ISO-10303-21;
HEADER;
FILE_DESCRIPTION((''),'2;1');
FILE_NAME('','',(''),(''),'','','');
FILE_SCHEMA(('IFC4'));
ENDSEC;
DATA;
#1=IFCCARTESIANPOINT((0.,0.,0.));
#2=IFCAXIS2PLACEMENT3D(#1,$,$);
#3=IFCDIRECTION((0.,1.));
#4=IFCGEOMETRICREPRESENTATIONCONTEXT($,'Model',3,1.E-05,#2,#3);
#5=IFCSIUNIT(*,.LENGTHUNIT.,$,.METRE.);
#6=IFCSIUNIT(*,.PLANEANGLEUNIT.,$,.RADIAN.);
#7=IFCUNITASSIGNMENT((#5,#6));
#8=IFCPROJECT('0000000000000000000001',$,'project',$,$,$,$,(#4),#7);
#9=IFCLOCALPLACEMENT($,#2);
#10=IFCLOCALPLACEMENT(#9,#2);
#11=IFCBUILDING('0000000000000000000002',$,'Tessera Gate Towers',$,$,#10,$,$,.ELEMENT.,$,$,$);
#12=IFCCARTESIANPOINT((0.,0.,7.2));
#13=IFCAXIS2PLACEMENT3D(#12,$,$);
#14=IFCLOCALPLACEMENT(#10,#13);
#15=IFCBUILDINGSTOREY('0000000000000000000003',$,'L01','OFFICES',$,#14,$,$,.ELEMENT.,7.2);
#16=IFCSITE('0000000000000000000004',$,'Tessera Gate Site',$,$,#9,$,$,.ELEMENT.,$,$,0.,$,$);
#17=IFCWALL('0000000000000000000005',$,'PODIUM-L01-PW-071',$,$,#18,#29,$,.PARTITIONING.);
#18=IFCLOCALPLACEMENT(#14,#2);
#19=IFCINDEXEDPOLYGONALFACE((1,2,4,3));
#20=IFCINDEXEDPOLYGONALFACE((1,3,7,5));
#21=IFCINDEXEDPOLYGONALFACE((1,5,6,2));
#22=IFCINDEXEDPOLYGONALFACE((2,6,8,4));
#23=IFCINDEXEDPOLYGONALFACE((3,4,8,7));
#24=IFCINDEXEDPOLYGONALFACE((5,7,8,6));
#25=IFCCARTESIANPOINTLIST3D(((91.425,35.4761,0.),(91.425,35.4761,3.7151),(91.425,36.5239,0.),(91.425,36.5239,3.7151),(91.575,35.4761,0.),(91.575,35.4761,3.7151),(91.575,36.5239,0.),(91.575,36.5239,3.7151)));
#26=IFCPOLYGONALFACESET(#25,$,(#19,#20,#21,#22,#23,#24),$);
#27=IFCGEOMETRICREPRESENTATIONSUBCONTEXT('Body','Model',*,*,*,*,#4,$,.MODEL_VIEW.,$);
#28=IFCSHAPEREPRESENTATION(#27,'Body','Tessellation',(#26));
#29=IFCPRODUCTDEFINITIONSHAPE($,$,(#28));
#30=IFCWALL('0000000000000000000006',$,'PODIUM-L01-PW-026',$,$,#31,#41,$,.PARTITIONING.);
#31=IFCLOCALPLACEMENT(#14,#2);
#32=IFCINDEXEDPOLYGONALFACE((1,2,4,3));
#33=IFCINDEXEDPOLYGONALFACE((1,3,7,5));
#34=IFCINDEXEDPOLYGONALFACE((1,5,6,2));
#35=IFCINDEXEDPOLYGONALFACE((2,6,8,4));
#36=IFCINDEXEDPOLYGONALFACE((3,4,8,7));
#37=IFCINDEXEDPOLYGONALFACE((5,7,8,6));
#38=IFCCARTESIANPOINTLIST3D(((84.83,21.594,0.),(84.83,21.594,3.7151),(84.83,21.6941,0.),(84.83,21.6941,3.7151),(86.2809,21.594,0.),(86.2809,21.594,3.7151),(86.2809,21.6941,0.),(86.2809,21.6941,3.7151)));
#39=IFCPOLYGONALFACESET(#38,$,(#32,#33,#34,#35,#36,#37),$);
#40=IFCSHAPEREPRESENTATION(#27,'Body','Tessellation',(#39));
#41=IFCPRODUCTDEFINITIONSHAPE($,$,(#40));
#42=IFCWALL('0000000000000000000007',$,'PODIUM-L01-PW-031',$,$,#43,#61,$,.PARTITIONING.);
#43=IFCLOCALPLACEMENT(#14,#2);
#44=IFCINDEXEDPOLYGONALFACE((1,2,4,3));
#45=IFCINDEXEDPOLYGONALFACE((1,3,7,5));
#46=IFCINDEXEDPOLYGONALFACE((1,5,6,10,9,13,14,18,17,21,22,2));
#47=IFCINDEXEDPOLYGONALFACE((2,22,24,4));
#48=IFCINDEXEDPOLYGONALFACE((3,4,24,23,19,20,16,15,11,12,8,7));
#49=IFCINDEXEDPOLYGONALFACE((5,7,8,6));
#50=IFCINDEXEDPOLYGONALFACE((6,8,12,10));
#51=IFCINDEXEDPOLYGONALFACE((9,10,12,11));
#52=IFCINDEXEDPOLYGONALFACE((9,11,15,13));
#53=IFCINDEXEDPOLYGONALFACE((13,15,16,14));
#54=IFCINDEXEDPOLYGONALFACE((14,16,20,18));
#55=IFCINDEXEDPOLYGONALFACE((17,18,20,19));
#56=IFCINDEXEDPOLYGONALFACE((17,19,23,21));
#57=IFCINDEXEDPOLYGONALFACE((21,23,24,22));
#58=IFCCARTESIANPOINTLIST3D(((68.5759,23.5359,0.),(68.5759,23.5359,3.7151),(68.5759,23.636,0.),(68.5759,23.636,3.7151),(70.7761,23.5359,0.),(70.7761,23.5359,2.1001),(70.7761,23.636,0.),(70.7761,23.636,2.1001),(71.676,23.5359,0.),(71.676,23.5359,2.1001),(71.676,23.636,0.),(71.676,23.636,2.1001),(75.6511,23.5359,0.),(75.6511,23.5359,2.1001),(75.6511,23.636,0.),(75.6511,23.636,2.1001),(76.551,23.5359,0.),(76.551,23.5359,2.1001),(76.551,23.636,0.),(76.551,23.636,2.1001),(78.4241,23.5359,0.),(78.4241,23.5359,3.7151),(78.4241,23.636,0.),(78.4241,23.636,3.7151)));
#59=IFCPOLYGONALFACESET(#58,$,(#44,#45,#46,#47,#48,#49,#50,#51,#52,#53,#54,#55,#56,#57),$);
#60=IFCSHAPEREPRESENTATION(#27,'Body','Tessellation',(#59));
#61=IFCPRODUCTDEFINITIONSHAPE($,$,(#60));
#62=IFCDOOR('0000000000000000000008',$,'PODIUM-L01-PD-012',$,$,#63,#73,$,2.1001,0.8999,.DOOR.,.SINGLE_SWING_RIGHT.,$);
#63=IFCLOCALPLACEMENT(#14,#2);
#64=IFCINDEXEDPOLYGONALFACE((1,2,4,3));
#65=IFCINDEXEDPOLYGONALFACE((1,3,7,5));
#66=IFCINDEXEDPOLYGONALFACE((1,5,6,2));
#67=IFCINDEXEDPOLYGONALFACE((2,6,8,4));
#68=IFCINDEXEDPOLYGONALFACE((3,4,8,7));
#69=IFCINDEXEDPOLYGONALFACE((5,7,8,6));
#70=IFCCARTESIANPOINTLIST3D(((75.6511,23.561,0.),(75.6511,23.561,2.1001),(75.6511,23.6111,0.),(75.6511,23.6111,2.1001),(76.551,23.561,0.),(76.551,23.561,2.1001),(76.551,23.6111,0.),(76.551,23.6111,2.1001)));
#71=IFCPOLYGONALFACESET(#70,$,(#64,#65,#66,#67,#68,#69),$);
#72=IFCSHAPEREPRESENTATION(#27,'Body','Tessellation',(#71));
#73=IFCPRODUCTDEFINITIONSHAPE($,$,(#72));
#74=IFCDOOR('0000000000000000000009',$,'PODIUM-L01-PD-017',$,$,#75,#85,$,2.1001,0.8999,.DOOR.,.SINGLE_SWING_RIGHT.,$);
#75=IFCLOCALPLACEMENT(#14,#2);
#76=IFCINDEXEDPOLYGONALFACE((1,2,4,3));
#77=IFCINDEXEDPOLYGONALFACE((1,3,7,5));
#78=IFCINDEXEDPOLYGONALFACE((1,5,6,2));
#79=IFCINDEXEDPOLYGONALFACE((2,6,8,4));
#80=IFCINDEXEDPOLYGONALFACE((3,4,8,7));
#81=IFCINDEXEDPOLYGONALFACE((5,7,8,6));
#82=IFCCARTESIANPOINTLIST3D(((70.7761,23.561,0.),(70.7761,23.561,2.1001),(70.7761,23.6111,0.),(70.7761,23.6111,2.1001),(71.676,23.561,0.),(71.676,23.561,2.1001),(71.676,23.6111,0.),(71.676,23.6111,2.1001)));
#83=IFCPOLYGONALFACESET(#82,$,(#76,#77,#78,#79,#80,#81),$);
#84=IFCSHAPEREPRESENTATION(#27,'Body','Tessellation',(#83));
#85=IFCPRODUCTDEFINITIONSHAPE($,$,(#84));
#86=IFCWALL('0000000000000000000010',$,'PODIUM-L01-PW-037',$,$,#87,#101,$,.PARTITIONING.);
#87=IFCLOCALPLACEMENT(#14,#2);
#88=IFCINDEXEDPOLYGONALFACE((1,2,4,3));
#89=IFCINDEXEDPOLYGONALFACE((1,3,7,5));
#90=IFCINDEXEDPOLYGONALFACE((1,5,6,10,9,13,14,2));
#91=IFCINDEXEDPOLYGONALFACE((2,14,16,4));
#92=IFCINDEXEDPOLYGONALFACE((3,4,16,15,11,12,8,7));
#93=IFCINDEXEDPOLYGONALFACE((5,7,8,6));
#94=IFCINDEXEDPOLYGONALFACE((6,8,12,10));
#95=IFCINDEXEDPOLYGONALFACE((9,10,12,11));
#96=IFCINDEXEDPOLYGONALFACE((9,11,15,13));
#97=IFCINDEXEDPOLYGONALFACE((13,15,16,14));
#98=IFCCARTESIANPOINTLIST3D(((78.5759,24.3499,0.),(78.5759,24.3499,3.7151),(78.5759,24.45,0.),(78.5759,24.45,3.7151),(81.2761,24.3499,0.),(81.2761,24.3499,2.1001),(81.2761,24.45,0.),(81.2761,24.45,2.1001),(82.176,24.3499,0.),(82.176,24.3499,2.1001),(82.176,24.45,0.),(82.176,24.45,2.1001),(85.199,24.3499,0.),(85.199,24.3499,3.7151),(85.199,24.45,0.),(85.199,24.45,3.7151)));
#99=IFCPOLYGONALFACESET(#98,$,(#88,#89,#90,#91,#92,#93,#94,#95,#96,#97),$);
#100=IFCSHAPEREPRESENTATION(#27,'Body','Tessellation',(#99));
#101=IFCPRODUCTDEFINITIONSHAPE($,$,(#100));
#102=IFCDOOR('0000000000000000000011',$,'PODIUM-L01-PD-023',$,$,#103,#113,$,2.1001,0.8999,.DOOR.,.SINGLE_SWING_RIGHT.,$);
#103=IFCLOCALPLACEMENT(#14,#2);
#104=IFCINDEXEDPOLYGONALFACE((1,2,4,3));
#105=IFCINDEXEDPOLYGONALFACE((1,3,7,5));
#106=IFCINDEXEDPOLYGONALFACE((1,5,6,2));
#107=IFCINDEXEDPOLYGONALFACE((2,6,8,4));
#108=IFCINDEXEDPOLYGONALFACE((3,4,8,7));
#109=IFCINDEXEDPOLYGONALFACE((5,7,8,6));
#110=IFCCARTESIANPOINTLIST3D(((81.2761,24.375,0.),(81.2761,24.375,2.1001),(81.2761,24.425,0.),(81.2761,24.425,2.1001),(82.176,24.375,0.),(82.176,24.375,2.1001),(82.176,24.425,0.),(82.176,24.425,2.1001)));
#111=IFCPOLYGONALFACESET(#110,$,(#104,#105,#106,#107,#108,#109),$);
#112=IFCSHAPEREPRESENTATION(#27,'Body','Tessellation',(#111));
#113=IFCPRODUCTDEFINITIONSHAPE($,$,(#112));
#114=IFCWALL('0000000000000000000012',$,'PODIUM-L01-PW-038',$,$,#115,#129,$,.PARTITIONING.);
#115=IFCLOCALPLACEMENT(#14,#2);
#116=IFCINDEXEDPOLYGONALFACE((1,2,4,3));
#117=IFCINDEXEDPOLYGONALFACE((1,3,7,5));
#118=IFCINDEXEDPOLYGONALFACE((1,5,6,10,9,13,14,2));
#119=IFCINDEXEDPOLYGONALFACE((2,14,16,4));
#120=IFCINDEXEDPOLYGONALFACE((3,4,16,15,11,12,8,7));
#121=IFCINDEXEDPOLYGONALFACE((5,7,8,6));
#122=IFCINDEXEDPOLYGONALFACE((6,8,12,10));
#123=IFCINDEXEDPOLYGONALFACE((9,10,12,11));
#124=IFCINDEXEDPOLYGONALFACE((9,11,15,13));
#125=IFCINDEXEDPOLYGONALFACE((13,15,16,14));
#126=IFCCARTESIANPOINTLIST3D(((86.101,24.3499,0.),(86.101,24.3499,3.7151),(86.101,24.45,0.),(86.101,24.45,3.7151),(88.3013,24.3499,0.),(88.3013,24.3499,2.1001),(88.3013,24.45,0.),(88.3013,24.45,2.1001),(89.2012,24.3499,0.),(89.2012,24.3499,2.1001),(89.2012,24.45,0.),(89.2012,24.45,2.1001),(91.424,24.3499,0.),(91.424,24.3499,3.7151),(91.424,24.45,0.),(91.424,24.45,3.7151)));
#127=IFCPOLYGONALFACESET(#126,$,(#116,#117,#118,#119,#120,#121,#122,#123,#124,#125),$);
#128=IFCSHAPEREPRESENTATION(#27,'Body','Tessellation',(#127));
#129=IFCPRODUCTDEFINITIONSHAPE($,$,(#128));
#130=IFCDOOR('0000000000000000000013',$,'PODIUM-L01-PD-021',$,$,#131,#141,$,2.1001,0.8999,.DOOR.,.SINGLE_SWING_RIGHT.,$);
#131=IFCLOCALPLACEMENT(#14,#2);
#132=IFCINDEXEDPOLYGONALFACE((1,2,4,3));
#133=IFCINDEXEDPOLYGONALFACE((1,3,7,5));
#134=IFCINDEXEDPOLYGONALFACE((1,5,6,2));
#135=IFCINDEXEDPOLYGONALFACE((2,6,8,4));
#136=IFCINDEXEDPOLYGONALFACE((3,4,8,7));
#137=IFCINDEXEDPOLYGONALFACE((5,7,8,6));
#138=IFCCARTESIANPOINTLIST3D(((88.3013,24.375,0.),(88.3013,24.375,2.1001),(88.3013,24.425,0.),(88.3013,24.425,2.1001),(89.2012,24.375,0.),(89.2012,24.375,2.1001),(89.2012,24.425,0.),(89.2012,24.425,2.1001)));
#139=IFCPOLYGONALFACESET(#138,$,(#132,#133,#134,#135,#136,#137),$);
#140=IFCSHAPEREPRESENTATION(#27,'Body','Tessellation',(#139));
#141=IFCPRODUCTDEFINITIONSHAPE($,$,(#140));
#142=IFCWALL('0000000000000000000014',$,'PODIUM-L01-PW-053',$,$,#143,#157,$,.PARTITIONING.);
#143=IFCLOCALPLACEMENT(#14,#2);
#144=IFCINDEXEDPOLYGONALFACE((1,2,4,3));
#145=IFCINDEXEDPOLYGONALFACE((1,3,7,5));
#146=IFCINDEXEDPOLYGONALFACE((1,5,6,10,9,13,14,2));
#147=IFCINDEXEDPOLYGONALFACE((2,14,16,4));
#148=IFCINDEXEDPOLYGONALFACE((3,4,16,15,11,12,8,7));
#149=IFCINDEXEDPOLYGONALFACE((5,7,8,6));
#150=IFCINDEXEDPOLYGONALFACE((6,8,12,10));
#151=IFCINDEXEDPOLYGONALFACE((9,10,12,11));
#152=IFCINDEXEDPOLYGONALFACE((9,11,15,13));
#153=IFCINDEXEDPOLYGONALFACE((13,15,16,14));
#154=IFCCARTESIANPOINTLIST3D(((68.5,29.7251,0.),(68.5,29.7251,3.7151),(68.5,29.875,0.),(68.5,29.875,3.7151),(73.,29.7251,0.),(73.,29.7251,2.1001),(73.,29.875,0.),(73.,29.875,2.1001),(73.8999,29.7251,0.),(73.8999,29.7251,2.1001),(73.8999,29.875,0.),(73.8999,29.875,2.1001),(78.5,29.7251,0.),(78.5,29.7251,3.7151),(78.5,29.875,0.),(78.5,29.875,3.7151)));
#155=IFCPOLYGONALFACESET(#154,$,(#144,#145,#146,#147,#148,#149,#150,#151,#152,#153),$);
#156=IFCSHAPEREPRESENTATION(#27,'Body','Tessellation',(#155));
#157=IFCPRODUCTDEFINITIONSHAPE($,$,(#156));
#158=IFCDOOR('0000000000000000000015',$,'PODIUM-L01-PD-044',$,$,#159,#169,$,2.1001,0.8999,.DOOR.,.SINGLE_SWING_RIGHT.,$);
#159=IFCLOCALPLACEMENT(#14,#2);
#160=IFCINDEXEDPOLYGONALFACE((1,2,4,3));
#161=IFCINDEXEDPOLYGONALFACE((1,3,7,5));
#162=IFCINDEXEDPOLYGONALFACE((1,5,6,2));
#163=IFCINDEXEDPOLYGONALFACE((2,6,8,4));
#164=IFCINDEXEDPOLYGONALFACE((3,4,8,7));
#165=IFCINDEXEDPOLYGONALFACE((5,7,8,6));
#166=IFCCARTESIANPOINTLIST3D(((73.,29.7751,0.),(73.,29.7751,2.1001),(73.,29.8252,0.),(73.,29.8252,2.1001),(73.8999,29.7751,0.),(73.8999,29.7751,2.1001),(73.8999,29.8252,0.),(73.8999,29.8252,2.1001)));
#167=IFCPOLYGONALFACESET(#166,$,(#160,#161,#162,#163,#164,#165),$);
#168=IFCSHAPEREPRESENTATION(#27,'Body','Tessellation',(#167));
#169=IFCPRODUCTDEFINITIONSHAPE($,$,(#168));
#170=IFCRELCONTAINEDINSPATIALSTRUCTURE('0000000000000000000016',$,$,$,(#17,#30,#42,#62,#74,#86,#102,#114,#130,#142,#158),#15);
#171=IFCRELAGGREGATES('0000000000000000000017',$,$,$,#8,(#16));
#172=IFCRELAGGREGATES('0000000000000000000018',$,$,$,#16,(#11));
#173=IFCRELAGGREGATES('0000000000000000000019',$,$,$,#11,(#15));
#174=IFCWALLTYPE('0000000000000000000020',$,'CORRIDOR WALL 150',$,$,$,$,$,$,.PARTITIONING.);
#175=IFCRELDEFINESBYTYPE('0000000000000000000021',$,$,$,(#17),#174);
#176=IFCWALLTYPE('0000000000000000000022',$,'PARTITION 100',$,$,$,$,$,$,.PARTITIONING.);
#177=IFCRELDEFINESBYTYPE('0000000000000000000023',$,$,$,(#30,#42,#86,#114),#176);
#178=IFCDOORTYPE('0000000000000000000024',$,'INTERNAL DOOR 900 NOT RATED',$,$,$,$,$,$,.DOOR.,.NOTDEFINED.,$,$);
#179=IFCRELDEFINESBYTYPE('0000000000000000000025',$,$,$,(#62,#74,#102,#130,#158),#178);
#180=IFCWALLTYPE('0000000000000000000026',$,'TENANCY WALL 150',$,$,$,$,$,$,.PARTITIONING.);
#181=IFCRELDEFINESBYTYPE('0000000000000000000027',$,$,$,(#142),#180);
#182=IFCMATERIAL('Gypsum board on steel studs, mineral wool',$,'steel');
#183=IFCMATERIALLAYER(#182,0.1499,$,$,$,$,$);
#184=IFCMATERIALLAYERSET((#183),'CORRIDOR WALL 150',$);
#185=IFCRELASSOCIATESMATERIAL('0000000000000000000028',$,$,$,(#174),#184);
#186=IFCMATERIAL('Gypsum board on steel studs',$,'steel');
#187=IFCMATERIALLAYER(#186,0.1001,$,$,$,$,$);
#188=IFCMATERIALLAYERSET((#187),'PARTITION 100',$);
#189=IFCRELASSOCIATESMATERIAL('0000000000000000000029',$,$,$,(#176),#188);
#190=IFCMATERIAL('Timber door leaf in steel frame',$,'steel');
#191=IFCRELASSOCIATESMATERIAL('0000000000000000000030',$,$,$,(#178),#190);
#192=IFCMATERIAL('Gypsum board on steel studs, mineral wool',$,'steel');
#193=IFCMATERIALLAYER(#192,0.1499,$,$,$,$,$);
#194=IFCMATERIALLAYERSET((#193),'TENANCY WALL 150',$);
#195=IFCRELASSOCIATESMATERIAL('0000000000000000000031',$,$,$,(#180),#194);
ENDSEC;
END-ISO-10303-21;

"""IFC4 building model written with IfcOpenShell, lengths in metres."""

from ifc_helpers import new_model, si_unit, direction, frame, frame_2d, origin, place, context, subcontext, project, spatial, rectangle, extrude, source, transform, mapped, material, layer, layer_set, type_object, element, fill, save


model = new_model("IFC4")

# Units and contexts
model_context = context("Model", 3, precision=1e-05, world=origin(), true_north=direction((0.0, 1.0)))
body_context = subcontext(model_context, "Body", "Model", "MODEL_VIEW")
ifc_project = project(units=[si_unit("LENGTHUNIT", "METRE"), si_unit("PLANEANGLEUNIT", "RADIAN")], contexts=[model_context])

# Site, building, storey
site_placement = place(None, origin())
site = spatial("IfcSite", under=ifc_project, at=site_placement, Name="Tessera Gate Site", CompositionType="ELEMENT", RefElevation=0.0)
building_placement = place(site_placement, origin())
building = spatial("IfcBuilding", under=site, at=building_placement, Name="Tessera Gate Towers", CompositionType="ELEMENT")
storey_placement = place(building_placement, frame((0.0, 0.0, 7.2)))
storey = spatial("IfcBuildingStorey", under=building, at=storey_placement, Name="L01", Description="OFFICES", CompositionType="ELEMENT", Elevation=7.2)

# Shared definitions
ifc_material_1 = material(Name="Gypsum board on steel studs, mineral wool", Category="steel")
ifc_layer_1 = layer(ifc_material_1, 0.1499)
ifc_layer_set_1 = layer_set([ifc_layer_1], Name="CORRIDOR WALL 150")
wall_type_1 = type_object("IfcWallType", Name="CORRIDOR WALL 150", PredefinedType="PARTITIONING", material=ifc_layer_set_1)
shared_shape_1 = source(origin(), body_context, "Body", "SweptSolid", [
    extrude(rectangle(XDim=0.8999, YDim=2.1001, at=frame_2d((0.45, 1.05))), frame((0.0, 0.085, 0.0), z_axis=(0.0, -1.0, 0.0), x_axis=(1.0, 0.0, 0.0)), (0.0, 0.0, 1.0), 0.1699),
])
shared_shape_2 = source(origin(), body_context, "Body", "SweptSolid", [
    extrude(rectangle(XDim=0.8999, YDim=2.1001, at=frame_2d((0.45, 1.05))), frame((0.0, 0.0249, 0.0), z_axis=(0.0, -1.0, 0.0), x_axis=(1.0, 0.0, 0.0)), (0.0, 0.0, 1.0), 0.05),
])

# Walls
wall_1_placement = place(storey_placement, frame((91.5, 35.4761, 0.0), z_axis=(0.0, 0.0, 1.0), x_axis=(0.0, 1.0, 0.0)))
element("IfcWall", 1, at=wall_1_placement, inside=storey, type_object=wall_type_1, Name="PODIUM-L01-PW-071", PredefinedType="PARTITIONING", context=body_context, shape_type="SweptSolid", body=[
    extrude(rectangle(XDim=1.0479, YDim=0.1499, at=frame_2d((0.5239, 0.0))), origin(), (0.0, 0.0, 1.0), 3.7151),
])
ifc_material_2 = material(Name="Gypsum board on steel studs", Category="steel")
ifc_layer_2 = layer(ifc_material_2, 0.1001)
ifc_layer_set_2 = layer_set([ifc_layer_2], Name="PARTITION 100")
wall_type_2 = type_object("IfcWallType", Name="PARTITION 100", PredefinedType="PARTITIONING", material=ifc_layer_set_2)
wall_2_placement = place(storey_placement, frame((86.281, 21.644, 0.0), z_axis=(0.0, 0.0, 1.0), x_axis=(-1.0, 0.0, 0.0)))
element("IfcWall", 2, at=wall_2_placement, inside=storey, type_object=wall_type_2, Name="PODIUM-L01-PW-026", PredefinedType="PARTITIONING", context=body_context, shape_type="SweptSolid", body=[
    extrude(rectangle(XDim=1.4509, YDim=0.1001, at=frame_2d((0.7256, 0.0))), origin(), (0.0, 0.0, 1.0), 3.7151),
])

# Wall, openings, doors
wall_3_placement = place(storey_placement, frame((78.4241, 23.5859, 0.0), z_axis=(0.0, 0.0, 1.0), x_axis=(-1.0, 0.0, 0.0)))
wall_3 = element("IfcWall", 3, at=wall_3_placement, inside=storey, type_object=wall_type_2, Name="PODIUM-L01-PW-031", PredefinedType="PARTITIONING", context=body_context, shape_type="SweptSolid", body=[
    extrude(rectangle(XDim=9.8481, YDim=0.1001, at=frame_2d((4.9241, 0.0))), origin(), (0.0, 0.0, 1.0), 3.7151),
])
shared_shape_3 = source(origin(), body_context, "Body", "SweptSolid", [
    extrude(rectangle(XDim=0.8999, YDim=2.1001, at=frame_2d((0.45, 1.05))), frame((0.0, 0.0601, 0.0), z_axis=(0.0, -1.0, 0.0), x_axis=(1.0, 0.0, 0.0)), (0.0, 0.0, 1.0), 0.1201),
])
opening_1_placement = place(wall_3_placement, frame((1.873, 0.0, 0.0)))
opening_1 = element("IfcOpeningElement", 4, at=opening_1_placement, cuts=wall_3, PredefinedType="OPENING", context=body_context, shape_type="MappedRepresentation", body=[
    mapped(shared_shape_3, transform((0.0, 0.0, 0.0), scale=1.0)),
])
opening_2_placement = place(wall_3_placement, frame((6.748, 0.0, 0.0)))
opening_2 = element("IfcOpeningElement", 5, at=opening_2_placement, cuts=wall_3, PredefinedType="OPENING", context=body_context, shape_type="MappedRepresentation", body=[
    mapped(shared_shape_3, transform((0.0, 0.0, 0.0), scale=1.0)),
])
ifc_material_3 = material(Name="Timber door leaf in steel frame", Category="steel")
door_type_1 = type_object("IfcDoorType", Name="INTERNAL DOOR 900 NOT RATED", OperationType="NOTDEFINED", PredefinedType="DOOR", material=ifc_material_3)
door_1_placement = place(opening_1_placement, origin())
door_1 = element("IfcDoor", 6, at=door_1_placement, inside=storey, type_object=door_type_1, Name="PODIUM-L01-PD-012", OperationType="SINGLE_SWING_RIGHT", OverallHeight=2.1001, OverallWidth=0.8999, PredefinedType="DOOR", context=body_context, shape_type="MappedRepresentation", body=[
    mapped(shared_shape_2, transform((0.0, 0.0, 0.0), scale=1.0)),
])
fill(opening_1, door_1)
door_2_placement = place(opening_2_placement, origin())
door_2 = element("IfcDoor", 7, at=door_2_placement, inside=storey, type_object=door_type_1, Name="PODIUM-L01-PD-017", OperationType="SINGLE_SWING_RIGHT", OverallHeight=2.1001, OverallWidth=0.8999, PredefinedType="DOOR", context=body_context, shape_type="MappedRepresentation", body=[
    mapped(shared_shape_2, transform((0.0, 0.0, 0.0), scale=1.0)),
])
fill(opening_2, door_2)

# Walls, openings, doors
wall_4_placement = place(storey_placement, frame((85.199, 24.3999, 0.0), z_axis=(0.0, 0.0, 1.0), x_axis=(-1.0, 0.0, 0.0)))
wall_4 = element("IfcWall", 8, at=wall_4_placement, inside=storey, type_object=wall_type_2, Name="PODIUM-L01-PW-037", PredefinedType="PARTITIONING", context=body_context, shape_type="SweptSolid", body=[
    extrude(rectangle(XDim=6.623, YDim=0.1001, at=frame_2d((3.3115, 0.0))), origin(), (0.0, 0.0, 1.0), 3.7151),
])
opening_3_placement = place(wall_4_placement, frame((3.0229, 0.0, 0.0)))
opening_3 = element("IfcOpeningElement", 9, at=opening_3_placement, cuts=wall_4, PredefinedType="OPENING", context=body_context, shape_type="MappedRepresentation", body=[
    mapped(shared_shape_3, transform((0.0, 0.0, 0.0), scale=1.0)),
])
door_3_placement = place(opening_3_placement, origin())
door_3 = element("IfcDoor", 10, at=door_3_placement, inside=storey, type_object=door_type_1, Name="PODIUM-L01-PD-023", OperationType="SINGLE_SWING_RIGHT", OverallHeight=2.1001, OverallWidth=0.8999, PredefinedType="DOOR", context=body_context, shape_type="MappedRepresentation", body=[
    mapped(shared_shape_2, transform((0.0, 0.0, 0.0), scale=1.0)),
])
fill(opening_3, door_3)
wall_5_placement = place(storey_placement, frame((91.4241, 24.3999, 0.0), z_axis=(0.0, 0.0, 1.0), x_axis=(-1.0, 0.0, 0.0)))
wall_5 = element("IfcWall", 11, at=wall_5_placement, inside=storey, type_object=wall_type_2, Name="PODIUM-L01-PW-038", PredefinedType="PARTITIONING", context=body_context, shape_type="SweptSolid", body=[
    extrude(rectangle(XDim=5.323, YDim=0.1001, at=frame_2d((2.6616, 0.0))), origin(), (0.0, 0.0, 1.0), 3.7151),
])
opening_4_placement = place(wall_5_placement, frame((2.2229, 0.0, 0.0)))
opening_4 = element("IfcOpeningElement", 12, at=opening_4_placement, cuts=wall_5, PredefinedType="OPENING", context=body_context, shape_type="MappedRepresentation", body=[
    mapped(shared_shape_3, transform((0.0, 0.0, 0.0), scale=1.0)),
])
door_4_placement = place(opening_4_placement, origin())
door_4 = element("IfcDoor", 13, at=door_4_placement, inside=storey, type_object=door_type_1, Name="PODIUM-L01-PD-021", OperationType="SINGLE_SWING_RIGHT", OverallHeight=2.1001, OverallWidth=0.8999, PredefinedType="DOOR", context=body_context, shape_type="MappedRepresentation", body=[
    mapped(shared_shape_2, transform((0.0, 0.0, 0.0), scale=1.0)),
])
fill(opening_4, door_4)
ifc_material_4 = material(Name="Gypsum board on steel studs, mineral wool", Category="steel")
ifc_layer_3 = layer(ifc_material_4, 0.1499)
ifc_layer_set_3 = layer_set([ifc_layer_3], Name="TENANCY WALL 150")
wall_type_3 = type_object("IfcWallType", Name="TENANCY WALL 150", PredefinedType="PARTITIONING", material=ifc_layer_set_3)
wall_6_placement = place(storey_placement, frame((78.5, 29.8, 0.0), z_axis=(0.0, 0.0, 1.0), x_axis=(-1.0, 0.0, 0.0)))
wall_6 = element("IfcWall", 14, at=wall_6_placement, inside=storey, type_object=wall_type_3, Name="PODIUM-L01-PW-053", PredefinedType="PARTITIONING", context=body_context, shape_type="SweptSolid", body=[
    extrude(rectangle(XDim=10.0, YDim=0.1499, at=frame_2d((5.0, 0.0))), origin(), (0.0, 0.0, 1.0), 3.7151),
])
opening_5_placement = place(wall_6_placement, frame((4.6001, 0.0, 0.0)))
opening_5 = element("IfcOpeningElement", 15, at=opening_5_placement, cuts=wall_6, PredefinedType="OPENING", context=body_context, shape_type="MappedRepresentation", body=[
    mapped(shared_shape_1, transform((0.0, 0.0, 0.0), scale=1.0)),
])
door_5_placement = place(opening_5_placement, origin())
door_5 = element("IfcDoor", 16, at=door_5_placement, inside=storey, type_object=door_type_1, Name="PODIUM-L01-PD-044", OperationType="SINGLE_SWING_RIGHT", OverallHeight=2.1001, OverallWidth=0.8999, PredefinedType="DOOR", context=body_context, shape_type="MappedRepresentation", body=[
    mapped(shared_shape_2, transform((0.0, 0.0, 0.0), scale=1.0)),
])
fill(opening_5, door_5)

save(model, "model.ifc")
